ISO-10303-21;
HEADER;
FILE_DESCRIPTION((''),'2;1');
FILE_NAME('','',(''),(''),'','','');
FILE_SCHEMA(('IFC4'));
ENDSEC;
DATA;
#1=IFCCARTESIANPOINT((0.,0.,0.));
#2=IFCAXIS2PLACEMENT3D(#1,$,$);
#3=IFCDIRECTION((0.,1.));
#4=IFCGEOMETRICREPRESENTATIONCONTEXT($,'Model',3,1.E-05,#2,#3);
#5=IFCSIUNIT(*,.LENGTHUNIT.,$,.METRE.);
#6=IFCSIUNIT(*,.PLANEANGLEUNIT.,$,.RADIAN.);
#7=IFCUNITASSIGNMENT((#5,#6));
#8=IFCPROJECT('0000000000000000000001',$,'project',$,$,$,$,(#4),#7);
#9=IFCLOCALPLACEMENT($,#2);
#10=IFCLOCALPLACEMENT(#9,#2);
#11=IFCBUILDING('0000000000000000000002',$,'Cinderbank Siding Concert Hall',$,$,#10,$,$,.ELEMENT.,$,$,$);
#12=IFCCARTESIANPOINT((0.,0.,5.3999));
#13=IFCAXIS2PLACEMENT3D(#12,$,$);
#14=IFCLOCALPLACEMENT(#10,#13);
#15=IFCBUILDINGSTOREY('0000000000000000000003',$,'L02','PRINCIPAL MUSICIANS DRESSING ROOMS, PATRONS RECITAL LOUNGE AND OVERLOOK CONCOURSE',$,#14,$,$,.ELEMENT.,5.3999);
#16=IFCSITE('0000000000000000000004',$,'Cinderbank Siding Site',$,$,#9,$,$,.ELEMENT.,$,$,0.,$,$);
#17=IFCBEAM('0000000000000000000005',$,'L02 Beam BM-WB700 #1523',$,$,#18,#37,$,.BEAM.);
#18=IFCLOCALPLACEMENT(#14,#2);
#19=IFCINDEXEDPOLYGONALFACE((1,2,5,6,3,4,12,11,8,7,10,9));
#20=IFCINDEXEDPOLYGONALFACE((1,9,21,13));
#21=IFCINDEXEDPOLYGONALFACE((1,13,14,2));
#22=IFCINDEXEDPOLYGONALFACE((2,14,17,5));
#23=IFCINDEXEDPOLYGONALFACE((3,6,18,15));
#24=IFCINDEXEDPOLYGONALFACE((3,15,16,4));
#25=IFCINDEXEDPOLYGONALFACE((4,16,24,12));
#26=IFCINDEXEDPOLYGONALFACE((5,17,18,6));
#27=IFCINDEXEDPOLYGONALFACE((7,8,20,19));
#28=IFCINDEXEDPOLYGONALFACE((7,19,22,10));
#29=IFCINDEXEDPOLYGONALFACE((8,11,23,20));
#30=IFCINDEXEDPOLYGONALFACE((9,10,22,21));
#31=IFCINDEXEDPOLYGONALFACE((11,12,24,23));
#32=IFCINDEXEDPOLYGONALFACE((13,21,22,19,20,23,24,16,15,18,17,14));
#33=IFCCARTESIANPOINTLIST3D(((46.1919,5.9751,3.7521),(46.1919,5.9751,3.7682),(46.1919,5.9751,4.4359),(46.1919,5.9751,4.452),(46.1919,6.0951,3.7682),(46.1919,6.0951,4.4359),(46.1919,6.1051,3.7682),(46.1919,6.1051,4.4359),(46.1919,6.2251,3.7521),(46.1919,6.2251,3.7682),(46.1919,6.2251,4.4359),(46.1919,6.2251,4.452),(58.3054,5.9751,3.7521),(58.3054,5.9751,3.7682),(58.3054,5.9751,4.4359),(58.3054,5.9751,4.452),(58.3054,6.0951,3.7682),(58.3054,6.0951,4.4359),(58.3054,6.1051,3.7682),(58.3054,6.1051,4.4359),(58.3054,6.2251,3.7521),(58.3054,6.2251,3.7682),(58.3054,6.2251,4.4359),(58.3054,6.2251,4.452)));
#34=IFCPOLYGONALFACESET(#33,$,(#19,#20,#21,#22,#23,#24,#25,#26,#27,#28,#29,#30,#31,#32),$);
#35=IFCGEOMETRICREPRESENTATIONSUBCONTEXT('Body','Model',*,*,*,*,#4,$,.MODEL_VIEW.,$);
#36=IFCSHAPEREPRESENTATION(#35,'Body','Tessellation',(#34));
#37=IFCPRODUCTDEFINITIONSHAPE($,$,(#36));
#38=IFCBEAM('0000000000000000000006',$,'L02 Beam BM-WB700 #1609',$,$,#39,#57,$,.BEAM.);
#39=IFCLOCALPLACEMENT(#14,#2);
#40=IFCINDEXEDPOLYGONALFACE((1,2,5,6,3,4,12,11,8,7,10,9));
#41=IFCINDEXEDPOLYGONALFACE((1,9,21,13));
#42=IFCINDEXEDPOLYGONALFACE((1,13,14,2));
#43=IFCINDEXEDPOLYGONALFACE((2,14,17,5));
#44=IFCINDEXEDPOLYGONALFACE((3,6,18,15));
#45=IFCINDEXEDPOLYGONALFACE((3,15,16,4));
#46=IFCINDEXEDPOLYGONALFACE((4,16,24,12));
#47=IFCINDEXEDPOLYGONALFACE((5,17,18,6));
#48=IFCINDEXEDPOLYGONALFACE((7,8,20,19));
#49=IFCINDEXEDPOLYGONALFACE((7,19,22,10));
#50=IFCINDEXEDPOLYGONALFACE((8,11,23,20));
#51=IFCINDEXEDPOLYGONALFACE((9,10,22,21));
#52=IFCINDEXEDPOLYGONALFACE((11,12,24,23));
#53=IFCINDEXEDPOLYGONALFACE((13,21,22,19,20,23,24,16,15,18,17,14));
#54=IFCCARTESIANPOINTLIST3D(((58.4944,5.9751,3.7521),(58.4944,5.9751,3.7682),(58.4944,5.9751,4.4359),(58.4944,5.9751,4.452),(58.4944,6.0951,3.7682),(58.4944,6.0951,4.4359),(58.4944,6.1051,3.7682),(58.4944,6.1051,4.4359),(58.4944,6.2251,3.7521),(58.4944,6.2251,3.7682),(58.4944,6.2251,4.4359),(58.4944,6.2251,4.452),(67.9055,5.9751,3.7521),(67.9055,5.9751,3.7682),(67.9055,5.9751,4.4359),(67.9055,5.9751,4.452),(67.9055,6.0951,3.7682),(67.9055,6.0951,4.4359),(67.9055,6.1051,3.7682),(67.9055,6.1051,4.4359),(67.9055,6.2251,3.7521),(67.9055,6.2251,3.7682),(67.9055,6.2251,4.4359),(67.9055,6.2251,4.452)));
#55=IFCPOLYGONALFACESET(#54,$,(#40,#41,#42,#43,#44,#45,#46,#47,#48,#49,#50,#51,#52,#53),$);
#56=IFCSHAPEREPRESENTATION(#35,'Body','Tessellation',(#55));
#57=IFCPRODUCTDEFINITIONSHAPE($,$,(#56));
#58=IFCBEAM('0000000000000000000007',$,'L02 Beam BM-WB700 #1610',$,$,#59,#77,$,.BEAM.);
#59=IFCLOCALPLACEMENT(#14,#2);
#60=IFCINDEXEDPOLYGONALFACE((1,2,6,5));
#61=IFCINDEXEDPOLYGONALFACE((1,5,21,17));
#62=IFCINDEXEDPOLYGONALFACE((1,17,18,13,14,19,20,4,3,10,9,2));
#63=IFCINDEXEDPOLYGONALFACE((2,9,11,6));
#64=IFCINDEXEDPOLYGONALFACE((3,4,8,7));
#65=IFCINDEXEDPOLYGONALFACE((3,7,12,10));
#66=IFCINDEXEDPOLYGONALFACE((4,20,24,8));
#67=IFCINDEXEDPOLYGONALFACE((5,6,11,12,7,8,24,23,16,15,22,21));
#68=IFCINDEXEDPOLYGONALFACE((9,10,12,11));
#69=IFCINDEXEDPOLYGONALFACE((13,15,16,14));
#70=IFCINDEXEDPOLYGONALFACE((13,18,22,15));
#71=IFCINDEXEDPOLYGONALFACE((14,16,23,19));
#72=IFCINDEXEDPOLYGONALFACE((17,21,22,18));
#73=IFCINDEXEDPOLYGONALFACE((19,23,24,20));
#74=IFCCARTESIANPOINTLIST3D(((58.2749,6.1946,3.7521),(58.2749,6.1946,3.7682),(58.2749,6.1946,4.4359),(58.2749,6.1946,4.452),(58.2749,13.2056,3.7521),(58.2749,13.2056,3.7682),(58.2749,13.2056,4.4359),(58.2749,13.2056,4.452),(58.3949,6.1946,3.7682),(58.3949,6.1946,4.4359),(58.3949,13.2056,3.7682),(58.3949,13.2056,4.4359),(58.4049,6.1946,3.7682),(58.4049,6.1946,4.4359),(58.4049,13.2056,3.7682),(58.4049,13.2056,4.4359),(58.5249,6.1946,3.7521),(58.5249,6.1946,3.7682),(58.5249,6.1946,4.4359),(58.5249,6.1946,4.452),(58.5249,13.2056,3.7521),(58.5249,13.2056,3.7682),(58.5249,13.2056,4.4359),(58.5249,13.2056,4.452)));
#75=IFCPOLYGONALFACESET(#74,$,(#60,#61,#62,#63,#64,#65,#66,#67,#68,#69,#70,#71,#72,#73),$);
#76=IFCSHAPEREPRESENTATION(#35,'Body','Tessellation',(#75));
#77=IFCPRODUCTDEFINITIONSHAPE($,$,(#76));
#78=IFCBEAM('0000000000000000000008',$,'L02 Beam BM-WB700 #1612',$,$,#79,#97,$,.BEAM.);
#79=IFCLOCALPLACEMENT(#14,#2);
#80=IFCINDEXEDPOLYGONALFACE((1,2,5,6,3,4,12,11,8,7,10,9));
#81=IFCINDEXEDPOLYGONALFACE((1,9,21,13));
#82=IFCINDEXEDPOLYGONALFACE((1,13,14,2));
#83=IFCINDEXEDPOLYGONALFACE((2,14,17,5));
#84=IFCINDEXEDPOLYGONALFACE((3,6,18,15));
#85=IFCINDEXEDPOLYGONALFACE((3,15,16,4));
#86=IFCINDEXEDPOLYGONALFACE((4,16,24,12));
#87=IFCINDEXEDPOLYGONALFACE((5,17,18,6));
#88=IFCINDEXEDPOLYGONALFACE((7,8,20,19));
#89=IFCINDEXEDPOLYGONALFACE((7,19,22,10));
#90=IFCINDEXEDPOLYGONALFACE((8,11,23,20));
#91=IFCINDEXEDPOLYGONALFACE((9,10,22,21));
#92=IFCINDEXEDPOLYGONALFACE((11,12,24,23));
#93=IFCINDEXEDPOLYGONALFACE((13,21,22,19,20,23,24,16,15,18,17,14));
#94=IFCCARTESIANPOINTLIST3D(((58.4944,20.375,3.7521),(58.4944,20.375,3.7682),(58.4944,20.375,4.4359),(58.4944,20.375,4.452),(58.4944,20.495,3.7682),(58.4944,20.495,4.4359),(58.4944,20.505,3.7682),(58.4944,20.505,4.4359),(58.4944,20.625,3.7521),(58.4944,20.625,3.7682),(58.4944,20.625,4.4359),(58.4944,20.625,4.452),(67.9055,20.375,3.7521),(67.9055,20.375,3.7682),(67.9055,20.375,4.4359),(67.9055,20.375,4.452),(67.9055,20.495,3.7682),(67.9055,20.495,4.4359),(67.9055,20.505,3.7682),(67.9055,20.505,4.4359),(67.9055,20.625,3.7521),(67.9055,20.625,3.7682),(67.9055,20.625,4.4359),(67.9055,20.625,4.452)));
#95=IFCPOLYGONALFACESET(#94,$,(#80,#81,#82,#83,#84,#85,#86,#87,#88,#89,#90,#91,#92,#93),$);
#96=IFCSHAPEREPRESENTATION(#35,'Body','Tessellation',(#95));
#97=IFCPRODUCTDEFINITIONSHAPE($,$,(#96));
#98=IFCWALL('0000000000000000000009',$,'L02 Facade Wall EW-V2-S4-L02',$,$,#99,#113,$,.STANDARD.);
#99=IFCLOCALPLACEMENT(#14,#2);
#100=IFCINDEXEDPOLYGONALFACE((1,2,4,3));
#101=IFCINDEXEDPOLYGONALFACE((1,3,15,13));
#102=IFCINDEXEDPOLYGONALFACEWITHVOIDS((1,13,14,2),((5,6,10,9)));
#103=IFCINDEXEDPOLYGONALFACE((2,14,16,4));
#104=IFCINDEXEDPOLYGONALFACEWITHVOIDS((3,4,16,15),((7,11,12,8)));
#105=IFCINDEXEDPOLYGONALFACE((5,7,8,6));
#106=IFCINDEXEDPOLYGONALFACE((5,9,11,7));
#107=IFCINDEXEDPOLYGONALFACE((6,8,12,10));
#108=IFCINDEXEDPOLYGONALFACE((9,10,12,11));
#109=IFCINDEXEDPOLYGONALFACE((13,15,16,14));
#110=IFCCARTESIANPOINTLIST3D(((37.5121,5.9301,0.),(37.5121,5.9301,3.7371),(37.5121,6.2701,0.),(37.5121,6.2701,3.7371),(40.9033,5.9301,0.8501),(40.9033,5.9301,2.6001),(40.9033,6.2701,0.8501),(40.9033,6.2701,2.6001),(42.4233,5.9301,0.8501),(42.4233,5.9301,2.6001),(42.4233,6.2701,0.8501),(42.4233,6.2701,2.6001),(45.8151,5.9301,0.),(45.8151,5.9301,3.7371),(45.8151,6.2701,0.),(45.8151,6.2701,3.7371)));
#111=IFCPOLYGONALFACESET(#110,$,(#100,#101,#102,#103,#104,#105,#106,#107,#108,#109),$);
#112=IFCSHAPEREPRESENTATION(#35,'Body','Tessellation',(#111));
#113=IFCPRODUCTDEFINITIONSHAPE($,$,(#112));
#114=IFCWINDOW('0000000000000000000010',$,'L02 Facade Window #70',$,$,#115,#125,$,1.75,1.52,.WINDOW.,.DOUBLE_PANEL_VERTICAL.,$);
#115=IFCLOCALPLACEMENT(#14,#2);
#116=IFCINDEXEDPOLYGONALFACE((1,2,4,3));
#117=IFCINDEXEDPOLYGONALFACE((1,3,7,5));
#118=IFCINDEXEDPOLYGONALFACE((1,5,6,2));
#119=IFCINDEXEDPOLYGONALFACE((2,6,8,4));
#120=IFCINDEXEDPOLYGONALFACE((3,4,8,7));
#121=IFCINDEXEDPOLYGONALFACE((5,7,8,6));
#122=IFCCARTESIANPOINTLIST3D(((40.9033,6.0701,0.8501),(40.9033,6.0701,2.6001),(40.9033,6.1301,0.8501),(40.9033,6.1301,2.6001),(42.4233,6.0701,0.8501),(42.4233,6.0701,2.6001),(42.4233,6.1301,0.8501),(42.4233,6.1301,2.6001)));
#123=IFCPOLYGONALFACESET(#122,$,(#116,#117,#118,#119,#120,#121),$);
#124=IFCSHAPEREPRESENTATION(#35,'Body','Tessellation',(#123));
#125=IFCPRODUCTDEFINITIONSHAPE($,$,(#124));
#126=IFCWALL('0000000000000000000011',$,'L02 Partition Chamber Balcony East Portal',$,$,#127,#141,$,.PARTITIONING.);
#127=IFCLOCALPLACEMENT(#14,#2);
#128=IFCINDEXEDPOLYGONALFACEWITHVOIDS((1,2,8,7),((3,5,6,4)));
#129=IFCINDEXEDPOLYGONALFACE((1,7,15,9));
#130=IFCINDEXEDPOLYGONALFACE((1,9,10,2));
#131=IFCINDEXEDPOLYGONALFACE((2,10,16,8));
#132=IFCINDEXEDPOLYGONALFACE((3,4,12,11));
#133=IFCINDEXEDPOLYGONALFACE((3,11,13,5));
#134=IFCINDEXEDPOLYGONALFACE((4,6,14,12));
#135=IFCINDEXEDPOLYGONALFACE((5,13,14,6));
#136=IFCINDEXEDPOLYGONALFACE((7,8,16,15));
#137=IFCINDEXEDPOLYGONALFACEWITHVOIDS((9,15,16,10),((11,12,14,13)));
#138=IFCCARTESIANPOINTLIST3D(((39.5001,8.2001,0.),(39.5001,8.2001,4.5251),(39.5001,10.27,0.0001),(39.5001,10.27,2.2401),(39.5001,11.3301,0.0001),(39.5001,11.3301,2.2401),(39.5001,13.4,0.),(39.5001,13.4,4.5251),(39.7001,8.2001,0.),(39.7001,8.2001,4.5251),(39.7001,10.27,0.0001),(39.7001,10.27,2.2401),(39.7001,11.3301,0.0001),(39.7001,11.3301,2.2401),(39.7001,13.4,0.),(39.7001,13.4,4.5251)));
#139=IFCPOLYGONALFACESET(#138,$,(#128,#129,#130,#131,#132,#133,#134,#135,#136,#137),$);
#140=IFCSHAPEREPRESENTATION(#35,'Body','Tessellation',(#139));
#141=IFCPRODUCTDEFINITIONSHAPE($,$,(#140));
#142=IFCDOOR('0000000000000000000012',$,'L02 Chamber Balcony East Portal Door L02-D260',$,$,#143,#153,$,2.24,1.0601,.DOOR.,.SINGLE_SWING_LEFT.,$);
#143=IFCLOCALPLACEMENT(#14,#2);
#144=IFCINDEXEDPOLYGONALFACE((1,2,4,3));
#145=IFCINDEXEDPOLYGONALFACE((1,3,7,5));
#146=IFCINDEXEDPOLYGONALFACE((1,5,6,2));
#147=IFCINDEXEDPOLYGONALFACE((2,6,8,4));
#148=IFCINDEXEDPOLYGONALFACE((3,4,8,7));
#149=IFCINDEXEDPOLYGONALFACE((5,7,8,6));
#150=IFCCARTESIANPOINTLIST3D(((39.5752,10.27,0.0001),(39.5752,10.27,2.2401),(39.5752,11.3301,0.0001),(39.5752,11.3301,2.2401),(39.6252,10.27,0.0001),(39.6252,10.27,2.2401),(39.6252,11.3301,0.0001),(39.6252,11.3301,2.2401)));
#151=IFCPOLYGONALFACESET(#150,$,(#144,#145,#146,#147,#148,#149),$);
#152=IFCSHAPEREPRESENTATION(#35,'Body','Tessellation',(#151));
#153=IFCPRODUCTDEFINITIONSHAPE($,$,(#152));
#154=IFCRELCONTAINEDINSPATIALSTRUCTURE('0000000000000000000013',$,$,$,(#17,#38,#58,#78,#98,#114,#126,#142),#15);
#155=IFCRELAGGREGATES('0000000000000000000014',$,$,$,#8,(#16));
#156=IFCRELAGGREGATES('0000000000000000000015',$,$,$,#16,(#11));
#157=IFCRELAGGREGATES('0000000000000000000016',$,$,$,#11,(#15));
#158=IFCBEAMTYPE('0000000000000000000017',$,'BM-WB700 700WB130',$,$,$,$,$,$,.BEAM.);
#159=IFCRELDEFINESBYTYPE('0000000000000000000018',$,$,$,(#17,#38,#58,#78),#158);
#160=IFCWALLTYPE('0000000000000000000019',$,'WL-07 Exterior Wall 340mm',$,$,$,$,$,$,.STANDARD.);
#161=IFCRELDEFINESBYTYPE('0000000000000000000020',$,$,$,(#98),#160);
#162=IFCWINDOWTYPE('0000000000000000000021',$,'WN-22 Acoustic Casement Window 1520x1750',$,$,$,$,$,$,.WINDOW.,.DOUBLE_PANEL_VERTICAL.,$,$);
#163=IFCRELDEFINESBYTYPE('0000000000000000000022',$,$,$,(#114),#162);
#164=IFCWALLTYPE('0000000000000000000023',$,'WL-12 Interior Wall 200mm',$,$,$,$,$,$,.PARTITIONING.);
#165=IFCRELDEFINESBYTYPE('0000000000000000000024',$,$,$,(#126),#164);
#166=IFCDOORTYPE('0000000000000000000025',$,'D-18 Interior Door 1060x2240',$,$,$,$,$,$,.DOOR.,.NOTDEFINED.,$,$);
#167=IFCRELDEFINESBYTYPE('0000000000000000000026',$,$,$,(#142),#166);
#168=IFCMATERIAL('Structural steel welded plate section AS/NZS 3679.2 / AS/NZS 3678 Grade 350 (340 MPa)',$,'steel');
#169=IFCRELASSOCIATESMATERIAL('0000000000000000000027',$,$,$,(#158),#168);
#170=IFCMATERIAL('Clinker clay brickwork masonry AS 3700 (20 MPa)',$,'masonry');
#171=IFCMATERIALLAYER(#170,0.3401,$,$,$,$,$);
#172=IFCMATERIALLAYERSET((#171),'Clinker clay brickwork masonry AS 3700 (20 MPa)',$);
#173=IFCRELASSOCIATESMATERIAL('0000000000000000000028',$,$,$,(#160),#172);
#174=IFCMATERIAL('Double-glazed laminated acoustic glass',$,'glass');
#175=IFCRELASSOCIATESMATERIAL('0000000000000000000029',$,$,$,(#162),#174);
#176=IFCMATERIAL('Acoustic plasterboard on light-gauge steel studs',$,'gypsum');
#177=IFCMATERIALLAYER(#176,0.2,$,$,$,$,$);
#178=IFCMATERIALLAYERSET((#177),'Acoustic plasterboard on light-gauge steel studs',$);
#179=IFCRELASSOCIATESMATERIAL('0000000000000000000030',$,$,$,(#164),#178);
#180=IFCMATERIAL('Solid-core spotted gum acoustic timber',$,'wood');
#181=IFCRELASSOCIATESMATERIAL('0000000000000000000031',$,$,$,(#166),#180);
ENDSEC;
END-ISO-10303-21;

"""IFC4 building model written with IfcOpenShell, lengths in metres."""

from ifc_helpers import new_model, si_unit, direction, frame, frame_2d, origin, origin_2d, place, context, subcontext, project, spatial, rectangle, i_section, extrude, material, layer, layer_set, material_profile, profile_set, type_object, element, fill, save


model = new_model("IFC4")

# Units and contexts
model_context = context("Model", 3, precision=1e-05, world=origin(), true_north=direction((0.0, 1.0)))
body_context = subcontext(model_context, "Body", "Model", "MODEL_VIEW")
ifc_project = project(units=[si_unit("LENGTHUNIT", "METRE"), si_unit("PLANEANGLEUNIT", "RADIAN")], contexts=[model_context])

# Site, building, storey
site_placement = place(None, origin())
site = spatial("IfcSite", under=ifc_project, at=site_placement, Name="Cinderbank Siding Site", CompositionType="ELEMENT", RefElevation=0.0)
building_placement = place(site_placement, origin())
building = spatial("IfcBuilding", under=site, at=building_placement, Name="Cinderbank Siding Concert Hall", CompositionType="ELEMENT")
storey_placement = place(building_placement, frame((0.0, 0.0, 5.3999)))
storey = spatial("IfcBuildingStorey", under=building, at=storey_placement, Name="L02", Description="PRINCIPAL MUSICIANS DRESSING ROOMS, PATRONS RECITAL LOUNGE AND OVERLOOK CONCOURSE", CompositionType="ELEMENT", Elevation=5.3999)

# Beams
ifc_material_1 = material(Name="Structural steel welded plate section AS/NZS 3679.2 / AS/NZS 3678 Grade 350 (340 MPa)", Category="steel")
ifc_material_profile_1 = material_profile(ifc_material_1, i_section(OverallWidth=0.25, OverallDepth=0.7, WebThickness=0.01, FlangeThickness=0.0161, at=origin_2d()), Name="700WB130", Category="LoadBearing")
ifc_profile_set_1 = profile_set([ifc_material_profile_1], Name="Structural steel welded plate section AS/NZS 3679.2 / AS/NZS 3678 Grade 350 (340 MPa)")
beam_type_1 = type_object("IfcBeamType", Name="BM-WB700 700WB130", PredefinedType="BEAM", material=ifc_profile_set_1)
beam_1_placement = place(storey_placement, frame((46.1919, 6.1001, 4.1021), z_axis=(1.0, 0.0, 0.0), x_axis=(0.0, 1.0, 0.0)))
element("IfcBeam", 1, at=beam_1_placement, inside=storey, type_object=beam_type_1, Name="L02 Beam BM-WB700 #1523", PredefinedType="BEAM", context=body_context, shape_type="SweptSolid", body=[
    extrude(i_section(OverallWidth=0.25, OverallDepth=0.7, WebThickness=0.01, FlangeThickness=0.0161, at=origin_2d()), origin(), (0.0, 0.0, 1.0), 12.1135),
])
beam_2_placement = place(storey_placement, frame((58.4944, 6.1001, 4.1021), z_axis=(1.0, 0.0, 0.0), x_axis=(0.0, 1.0, 0.0)))
element("IfcBeam", 2, at=beam_2_placement, inside=storey, type_object=beam_type_1, Name="L02 Beam BM-WB700 #1609", PredefinedType="BEAM", context=body_context, shape_type="SweptSolid", body=[
    extrude(i_section(OverallWidth=0.25, OverallDepth=0.7, WebThickness=0.01, FlangeThickness=0.0161, at=origin_2d()), origin(), (0.0, 0.0, 1.0), 9.4111),
])
beam_3_placement = place(storey_placement, frame((58.3999, 6.1946, 4.1021), z_axis=(0.0, 1.0, 0.0), x_axis=(-1.0, 0.0, 0.0)))
element("IfcBeam", 3, at=beam_3_placement, inside=storey, type_object=beam_type_1, Name="L02 Beam BM-WB700 #1610", PredefinedType="BEAM", context=body_context, shape_type="SweptSolid", body=[
    extrude(i_section(OverallWidth=0.25, OverallDepth=0.7, WebThickness=0.01, FlangeThickness=0.0161, at=origin_2d()), origin(), (0.0, 0.0, 1.0), 7.011),
])
beam_4_placement = place(storey_placement, frame((58.4944, 20.5, 4.1021), z_axis=(1.0, 0.0, 0.0), x_axis=(0.0, 1.0, 0.0)))
element("IfcBeam", 4, at=beam_4_placement, inside=storey, type_object=beam_type_1, Name="L02 Beam BM-WB700 #1612", PredefinedType="BEAM", context=body_context, shape_type="SweptSolid", body=[
    extrude(i_section(OverallWidth=0.25, OverallDepth=0.7, WebThickness=0.01, FlangeThickness=0.0161, at=origin_2d()), origin(), (0.0, 0.0, 1.0), 9.4111),
])

# Wall, opening, window
ifc_material_2 = material(Name="Clinker clay brickwork masonry AS 3700 (20 MPa)", Category="masonry")
ifc_layer_1 = layer(ifc_material_2, 0.3401)
ifc_layer_set_1 = layer_set([ifc_layer_1], Name="Clinker clay brickwork masonry AS 3700 (20 MPa)")
wall_type_1 = type_object("IfcWallType", Name="WL-07 Exterior Wall 340mm", PredefinedType="STANDARD", material=ifc_layer_set_1)
wall_1_placement = place(storey_placement, frame((45.8149, 6.1001, 0.0), z_axis=(0.0, 0.0, 1.0), x_axis=(-1.0, 0.0, 0.0)))
wall_1 = element("IfcWall", 5, at=wall_1_placement, inside=storey, type_object=wall_type_1, Name="L02 Facade Wall EW-V2-S4-L02", PredefinedType="STANDARD", context=body_context, shape_type="SweptSolid", body=[
    extrude(rectangle(XDim=8.303, YDim=0.3401, at=frame_2d((4.1514, 0.0))), origin(), (0.0, 0.0, 1.0), 3.7371),
])
opening_1_placement = place(wall_1_placement, frame((3.3916, 0.0, 0.8501)))
opening_1 = element("IfcOpeningElement", 6, at=opening_1_placement, cuts=wall_1, PredefinedType="OPENING", context=body_context, shape_type="SweptSolid", body=[
    extrude(rectangle(XDim=1.52, YDim=1.75, at=frame_2d((0.76, 0.875))), frame((0.0, 0.1821, 0.0), z_axis=(0.0, -1.0, 0.0), x_axis=(1.0, 0.0, 0.0)), (0.0, 0.0, 1.0), 0.364),
])
ifc_material_3 = material(Name="Double-glazed laminated acoustic glass", Category="glass")
window_type = type_object("IfcWindowType", Name="WN-22 Acoustic Casement Window 1520x1750", PartitioningType="DOUBLE_PANEL_VERTICAL", PredefinedType="WINDOW", material=ifc_material_3)
window_placement = place(opening_1_placement, origin())
window = element("IfcWindow", 7, at=window_placement, inside=storey, type_object=window_type, Name="L02 Facade Window #70", OverallHeight=1.75, OverallWidth=1.52, PartitioningType="DOUBLE_PANEL_VERTICAL", PredefinedType="WINDOW", context=body_context, shape_type="SweptSolid", body=[
    extrude(rectangle(XDim=1.52, YDim=1.75, at=frame_2d((0.76, 0.875))), frame((0.0, 0.03, 0.0), z_axis=(0.0, -1.0, 0.0), x_axis=(1.0, 0.0, 0.0)), (0.0, 0.0, 1.0), 0.0601),
])
fill(opening_1, window)

# Wall, opening, door
ifc_material_4 = material(Name="Acoustic plasterboard on light-gauge steel studs", Category="gypsum")
ifc_layer_2 = layer(ifc_material_4, 0.2)
ifc_layer_set_2 = layer_set([ifc_layer_2], Name="Acoustic plasterboard on light-gauge steel studs")
wall_type_2 = type_object("IfcWallType", Name="WL-12 Interior Wall 200mm", PredefinedType="PARTITIONING", material=ifc_layer_set_2)
wall_2_placement = place(storey_placement, frame((39.6001, 8.2, 0.0), z_axis=(0.0, 0.0, 1.0), x_axis=(0.0, 1.0, 0.0)))
wall_2 = element("IfcWall", 8, at=wall_2_placement, inside=storey, type_object=wall_type_2, Name="L02 Partition Chamber Balcony East Portal", PredefinedType="PARTITIONING", context=body_context, shape_type="SweptSolid", body=[
    extrude(rectangle(XDim=5.2, YDim=0.2, at=frame_2d((2.6001, 0.0))), origin(), (0.0, 0.0, 1.0), 4.5251),
])
opening_2_placement = place(wall_2_placement, frame((2.0701, 0.0, 0.0)))
opening_2 = element("IfcOpeningElement", 9, at=opening_2_placement, cuts=wall_2, PredefinedType="OPENING", context=body_context, shape_type="SweptSolid", body=[
    extrude(rectangle(XDim=1.0601, YDim=2.24, at=frame_2d((0.53, 1.1201))), frame((0.0, 0.1118, 0.0), z_axis=(0.0, -1.0, 0.0), x_axis=(1.0, 0.0, 0.0)), (0.0, 0.0, 1.0), 0.2239),
])
ifc_material_5 = material(Name="Solid-core spotted gum acoustic timber", Category="wood")
door_type = type_object("IfcDoorType", Name="D-18 Interior Door 1060x2240", OperationType="NOTDEFINED", PredefinedType="DOOR", material=ifc_material_5)
door_placement = place(opening_2_placement, origin())
door = element("IfcDoor", 10, at=door_placement, inside=storey, type_object=door_type, Name="L02 Chamber Balcony East Portal Door L02-D260", OperationType="SINGLE_SWING_LEFT", OverallHeight=2.24, OverallWidth=1.0601, PredefinedType="DOOR", context=body_context, shape_type="SweptSolid", body=[
    extrude(rectangle(XDim=1.0601, YDim=2.24, at=frame_2d((0.53, 1.1201))), frame((0.0, 0.0249, 0.0), z_axis=(0.0, -1.0, 0.0), x_axis=(1.0, 0.0, 0.0)), (0.0, 0.0, 1.0), 0.05),
])
fill(opening_2, door)

save(model, "model.ifc")
